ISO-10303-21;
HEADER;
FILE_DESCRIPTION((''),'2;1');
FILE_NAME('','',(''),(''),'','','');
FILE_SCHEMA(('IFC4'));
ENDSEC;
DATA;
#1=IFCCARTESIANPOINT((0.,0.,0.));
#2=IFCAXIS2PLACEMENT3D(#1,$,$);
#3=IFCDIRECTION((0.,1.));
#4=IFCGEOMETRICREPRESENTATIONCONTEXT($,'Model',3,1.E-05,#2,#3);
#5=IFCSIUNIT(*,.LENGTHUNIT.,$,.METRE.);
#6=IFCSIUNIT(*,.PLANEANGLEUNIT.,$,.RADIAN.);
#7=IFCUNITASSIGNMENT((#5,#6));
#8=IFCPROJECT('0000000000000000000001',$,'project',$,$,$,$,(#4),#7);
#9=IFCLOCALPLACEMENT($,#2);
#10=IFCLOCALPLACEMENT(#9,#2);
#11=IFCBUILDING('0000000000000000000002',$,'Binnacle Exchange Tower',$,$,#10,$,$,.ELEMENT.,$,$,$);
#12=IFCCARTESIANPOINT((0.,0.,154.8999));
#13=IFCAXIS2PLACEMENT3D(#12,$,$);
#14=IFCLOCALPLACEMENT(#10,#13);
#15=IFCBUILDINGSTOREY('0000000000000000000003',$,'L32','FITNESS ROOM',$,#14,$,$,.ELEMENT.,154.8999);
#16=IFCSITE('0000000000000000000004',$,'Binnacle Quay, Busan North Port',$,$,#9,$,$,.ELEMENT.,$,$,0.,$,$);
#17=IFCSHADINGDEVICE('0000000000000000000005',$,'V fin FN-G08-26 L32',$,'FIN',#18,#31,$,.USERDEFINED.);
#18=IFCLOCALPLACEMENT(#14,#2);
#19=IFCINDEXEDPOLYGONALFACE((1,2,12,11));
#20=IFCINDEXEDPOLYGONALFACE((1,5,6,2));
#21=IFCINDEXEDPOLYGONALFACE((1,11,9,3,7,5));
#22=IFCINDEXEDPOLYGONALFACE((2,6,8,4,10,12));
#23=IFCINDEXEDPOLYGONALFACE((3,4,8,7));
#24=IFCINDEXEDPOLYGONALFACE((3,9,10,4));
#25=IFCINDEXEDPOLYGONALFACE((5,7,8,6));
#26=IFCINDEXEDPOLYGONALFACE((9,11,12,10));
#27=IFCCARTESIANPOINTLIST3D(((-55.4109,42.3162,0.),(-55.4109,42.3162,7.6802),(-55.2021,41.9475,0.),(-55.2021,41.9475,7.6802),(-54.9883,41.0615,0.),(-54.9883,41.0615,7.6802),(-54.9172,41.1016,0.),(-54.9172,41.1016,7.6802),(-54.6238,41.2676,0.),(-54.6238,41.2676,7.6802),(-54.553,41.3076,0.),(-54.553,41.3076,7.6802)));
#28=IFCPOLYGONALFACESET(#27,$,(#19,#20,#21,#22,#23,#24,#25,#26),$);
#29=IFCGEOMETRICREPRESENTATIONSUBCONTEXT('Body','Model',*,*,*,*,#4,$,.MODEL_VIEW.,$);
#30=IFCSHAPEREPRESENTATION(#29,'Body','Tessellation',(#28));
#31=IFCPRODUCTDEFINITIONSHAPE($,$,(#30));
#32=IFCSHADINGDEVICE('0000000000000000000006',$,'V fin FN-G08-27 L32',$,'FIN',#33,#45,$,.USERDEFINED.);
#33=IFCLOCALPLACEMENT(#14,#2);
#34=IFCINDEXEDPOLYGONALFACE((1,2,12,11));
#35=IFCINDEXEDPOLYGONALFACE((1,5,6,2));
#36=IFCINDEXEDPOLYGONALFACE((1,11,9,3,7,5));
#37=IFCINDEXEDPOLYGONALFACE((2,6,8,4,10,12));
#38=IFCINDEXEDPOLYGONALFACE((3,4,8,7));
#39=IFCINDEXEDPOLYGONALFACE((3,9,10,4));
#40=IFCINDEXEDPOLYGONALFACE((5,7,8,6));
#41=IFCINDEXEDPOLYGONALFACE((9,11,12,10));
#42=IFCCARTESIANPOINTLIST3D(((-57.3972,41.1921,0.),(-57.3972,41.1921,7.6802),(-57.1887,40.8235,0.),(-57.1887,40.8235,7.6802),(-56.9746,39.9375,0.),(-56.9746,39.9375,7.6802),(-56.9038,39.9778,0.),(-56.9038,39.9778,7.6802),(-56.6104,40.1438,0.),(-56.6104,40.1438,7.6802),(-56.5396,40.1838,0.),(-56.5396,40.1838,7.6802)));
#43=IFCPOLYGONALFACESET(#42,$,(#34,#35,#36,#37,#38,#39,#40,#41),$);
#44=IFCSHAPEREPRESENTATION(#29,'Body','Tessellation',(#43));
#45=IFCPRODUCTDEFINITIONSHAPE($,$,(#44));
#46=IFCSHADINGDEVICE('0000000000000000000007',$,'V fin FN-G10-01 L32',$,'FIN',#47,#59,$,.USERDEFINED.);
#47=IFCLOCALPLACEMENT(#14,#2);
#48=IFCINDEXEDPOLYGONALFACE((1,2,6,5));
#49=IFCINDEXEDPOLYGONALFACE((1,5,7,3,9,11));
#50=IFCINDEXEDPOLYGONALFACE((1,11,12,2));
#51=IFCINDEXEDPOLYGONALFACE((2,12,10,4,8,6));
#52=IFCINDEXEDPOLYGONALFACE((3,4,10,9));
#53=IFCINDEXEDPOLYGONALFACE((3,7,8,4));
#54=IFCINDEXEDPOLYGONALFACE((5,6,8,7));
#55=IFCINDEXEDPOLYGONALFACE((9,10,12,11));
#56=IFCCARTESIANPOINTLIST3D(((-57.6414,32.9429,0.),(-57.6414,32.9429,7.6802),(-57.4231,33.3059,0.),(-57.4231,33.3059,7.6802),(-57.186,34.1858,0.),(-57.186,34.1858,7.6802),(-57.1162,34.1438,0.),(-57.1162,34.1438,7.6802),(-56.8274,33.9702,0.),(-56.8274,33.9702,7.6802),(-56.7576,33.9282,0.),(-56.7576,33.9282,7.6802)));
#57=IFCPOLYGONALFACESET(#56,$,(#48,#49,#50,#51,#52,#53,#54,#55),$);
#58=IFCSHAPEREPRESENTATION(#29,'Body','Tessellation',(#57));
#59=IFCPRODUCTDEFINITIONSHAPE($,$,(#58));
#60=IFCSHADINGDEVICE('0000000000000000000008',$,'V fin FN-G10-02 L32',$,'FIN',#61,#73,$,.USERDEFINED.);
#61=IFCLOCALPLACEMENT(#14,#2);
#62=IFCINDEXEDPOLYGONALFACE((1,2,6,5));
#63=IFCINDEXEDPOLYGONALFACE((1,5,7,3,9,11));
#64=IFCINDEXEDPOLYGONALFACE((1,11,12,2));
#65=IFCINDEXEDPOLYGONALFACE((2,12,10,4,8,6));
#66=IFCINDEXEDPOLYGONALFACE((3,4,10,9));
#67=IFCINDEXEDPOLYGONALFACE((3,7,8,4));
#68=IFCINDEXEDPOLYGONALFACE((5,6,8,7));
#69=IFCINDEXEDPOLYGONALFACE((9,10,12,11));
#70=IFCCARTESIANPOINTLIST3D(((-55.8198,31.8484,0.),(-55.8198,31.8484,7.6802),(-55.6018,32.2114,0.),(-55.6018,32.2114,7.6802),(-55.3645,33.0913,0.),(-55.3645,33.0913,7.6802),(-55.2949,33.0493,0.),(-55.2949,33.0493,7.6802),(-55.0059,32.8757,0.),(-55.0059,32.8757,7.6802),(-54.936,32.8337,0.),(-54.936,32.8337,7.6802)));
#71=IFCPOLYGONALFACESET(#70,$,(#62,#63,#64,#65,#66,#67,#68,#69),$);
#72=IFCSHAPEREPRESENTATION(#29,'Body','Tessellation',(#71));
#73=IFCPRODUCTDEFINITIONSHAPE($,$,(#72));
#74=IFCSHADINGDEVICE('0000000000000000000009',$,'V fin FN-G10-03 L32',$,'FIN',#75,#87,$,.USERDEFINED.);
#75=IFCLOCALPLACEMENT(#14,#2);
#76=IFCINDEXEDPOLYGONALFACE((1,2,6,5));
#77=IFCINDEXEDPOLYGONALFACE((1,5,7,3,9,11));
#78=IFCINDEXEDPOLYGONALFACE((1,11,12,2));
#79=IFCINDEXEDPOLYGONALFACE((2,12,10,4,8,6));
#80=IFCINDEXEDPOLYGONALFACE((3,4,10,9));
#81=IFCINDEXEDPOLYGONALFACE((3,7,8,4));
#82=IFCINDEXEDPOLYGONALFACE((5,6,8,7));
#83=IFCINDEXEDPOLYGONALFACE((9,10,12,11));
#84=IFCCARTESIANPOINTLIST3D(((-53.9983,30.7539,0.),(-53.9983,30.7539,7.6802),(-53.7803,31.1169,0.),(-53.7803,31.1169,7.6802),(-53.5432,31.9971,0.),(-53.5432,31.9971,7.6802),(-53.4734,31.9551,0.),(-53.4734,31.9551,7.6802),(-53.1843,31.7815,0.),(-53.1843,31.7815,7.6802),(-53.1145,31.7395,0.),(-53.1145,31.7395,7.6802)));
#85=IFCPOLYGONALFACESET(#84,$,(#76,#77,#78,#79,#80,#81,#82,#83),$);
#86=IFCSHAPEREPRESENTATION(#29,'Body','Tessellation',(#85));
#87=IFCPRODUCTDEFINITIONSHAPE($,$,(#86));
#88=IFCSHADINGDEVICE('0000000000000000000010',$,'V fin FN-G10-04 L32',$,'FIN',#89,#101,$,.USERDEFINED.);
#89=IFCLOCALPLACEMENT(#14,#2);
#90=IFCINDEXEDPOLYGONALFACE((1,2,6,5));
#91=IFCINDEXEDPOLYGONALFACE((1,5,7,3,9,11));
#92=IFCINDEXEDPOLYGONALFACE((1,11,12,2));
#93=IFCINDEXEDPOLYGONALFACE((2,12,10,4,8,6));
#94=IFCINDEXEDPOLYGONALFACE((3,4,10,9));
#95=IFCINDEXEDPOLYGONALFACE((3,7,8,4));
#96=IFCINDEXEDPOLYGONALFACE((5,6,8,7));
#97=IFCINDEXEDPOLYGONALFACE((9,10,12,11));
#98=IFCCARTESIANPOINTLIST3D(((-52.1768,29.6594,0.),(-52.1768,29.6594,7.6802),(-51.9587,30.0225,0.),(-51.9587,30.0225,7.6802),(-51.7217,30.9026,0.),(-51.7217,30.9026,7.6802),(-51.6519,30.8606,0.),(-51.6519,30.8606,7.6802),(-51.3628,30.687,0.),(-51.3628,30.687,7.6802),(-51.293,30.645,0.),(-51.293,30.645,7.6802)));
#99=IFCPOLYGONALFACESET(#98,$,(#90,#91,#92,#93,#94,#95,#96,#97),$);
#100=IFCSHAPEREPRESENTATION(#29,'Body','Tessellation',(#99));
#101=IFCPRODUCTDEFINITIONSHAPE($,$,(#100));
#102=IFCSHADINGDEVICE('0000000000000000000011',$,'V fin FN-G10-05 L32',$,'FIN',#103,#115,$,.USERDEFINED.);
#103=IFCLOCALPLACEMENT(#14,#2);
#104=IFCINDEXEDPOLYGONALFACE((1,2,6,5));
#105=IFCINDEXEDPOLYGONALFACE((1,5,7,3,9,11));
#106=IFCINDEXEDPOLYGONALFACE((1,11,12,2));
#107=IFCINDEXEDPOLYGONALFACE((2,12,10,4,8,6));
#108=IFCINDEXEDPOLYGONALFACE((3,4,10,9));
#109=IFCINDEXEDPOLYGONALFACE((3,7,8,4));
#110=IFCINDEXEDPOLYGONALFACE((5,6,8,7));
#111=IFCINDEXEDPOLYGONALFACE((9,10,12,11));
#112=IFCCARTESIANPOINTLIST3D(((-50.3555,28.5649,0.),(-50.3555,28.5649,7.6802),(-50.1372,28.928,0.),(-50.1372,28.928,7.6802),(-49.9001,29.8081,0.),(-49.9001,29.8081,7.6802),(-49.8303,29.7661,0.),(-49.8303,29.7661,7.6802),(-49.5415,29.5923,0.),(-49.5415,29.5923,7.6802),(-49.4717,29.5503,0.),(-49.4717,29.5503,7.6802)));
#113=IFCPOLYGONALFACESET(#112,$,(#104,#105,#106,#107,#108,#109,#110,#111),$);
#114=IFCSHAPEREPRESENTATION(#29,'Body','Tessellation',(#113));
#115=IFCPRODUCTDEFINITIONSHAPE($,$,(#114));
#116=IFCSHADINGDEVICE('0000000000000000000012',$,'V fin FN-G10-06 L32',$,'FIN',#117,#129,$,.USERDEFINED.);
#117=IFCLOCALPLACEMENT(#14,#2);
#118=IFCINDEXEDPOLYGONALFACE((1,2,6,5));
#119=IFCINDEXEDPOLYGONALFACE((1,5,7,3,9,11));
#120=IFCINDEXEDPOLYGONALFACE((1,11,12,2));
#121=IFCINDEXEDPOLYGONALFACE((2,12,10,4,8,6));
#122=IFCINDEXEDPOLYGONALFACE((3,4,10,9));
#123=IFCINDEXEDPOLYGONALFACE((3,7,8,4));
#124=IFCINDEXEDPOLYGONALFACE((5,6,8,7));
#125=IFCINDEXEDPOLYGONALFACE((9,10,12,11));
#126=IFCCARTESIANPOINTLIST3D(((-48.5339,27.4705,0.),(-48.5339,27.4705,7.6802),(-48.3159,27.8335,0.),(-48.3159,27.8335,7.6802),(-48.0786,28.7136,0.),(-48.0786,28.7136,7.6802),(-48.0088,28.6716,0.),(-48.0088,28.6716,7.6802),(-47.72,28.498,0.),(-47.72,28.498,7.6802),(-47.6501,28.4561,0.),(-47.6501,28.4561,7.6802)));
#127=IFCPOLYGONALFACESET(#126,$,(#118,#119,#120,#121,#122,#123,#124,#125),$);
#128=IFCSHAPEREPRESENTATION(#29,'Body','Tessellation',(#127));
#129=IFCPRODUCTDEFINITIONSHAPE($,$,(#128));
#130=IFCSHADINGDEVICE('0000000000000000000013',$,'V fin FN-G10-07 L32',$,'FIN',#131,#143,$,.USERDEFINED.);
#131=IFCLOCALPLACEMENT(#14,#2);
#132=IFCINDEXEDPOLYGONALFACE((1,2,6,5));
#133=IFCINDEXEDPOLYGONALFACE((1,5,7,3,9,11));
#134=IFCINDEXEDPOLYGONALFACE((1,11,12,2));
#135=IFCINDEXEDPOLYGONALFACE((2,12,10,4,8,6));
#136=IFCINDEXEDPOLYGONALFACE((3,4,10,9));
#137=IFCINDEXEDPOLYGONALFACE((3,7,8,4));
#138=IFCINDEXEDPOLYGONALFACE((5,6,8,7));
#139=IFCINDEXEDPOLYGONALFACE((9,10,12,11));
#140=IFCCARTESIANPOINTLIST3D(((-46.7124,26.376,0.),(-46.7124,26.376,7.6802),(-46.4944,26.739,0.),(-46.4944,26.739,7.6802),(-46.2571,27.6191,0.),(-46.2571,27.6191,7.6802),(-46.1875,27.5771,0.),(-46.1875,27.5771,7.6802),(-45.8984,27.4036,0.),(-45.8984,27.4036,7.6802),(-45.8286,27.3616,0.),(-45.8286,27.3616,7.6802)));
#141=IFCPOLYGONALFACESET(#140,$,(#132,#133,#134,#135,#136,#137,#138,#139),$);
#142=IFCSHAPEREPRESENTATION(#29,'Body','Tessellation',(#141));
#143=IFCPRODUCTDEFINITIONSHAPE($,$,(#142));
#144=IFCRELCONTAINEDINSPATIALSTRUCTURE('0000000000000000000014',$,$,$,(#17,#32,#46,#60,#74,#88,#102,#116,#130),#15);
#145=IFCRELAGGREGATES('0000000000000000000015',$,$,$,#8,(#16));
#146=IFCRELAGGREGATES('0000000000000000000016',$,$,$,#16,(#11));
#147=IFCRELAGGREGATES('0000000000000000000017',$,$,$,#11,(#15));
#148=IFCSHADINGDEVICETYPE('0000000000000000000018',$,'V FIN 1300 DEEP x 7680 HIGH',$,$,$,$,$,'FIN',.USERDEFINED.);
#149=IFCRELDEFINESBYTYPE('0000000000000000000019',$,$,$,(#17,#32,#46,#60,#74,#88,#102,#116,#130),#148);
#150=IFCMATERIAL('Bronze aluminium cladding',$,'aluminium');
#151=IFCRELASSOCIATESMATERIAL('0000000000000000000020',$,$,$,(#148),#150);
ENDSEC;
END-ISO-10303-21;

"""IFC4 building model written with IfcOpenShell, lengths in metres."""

from ifc_helpers import new_model, si_unit, direction, frame, origin, place, context, subcontext, project, spatial, polyline, outline, extrude, material, type_object, element, save


model = new_model("IFC4")

# Units and contexts
model_context = context("Model", 3, precision=1e-05, world=origin(), true_north=direction((0.0, 1.0)))
body_context = subcontext(model_context, "Body", "Model", "MODEL_VIEW")
ifc_project = project(units=[si_unit("LENGTHUNIT", "METRE"), si_unit("PLANEANGLEUNIT", "RADIAN")], contexts=[model_context])

# Site, building, storey
site_placement = place(None, origin())
site = spatial("IfcSite", under=ifc_project, at=site_placement, Name="Binnacle Quay, Busan North Port", CompositionType="ELEMENT", RefElevation=0.0)
building_placement = place(site_placement, origin())
building = spatial("IfcBuilding", under=site, at=building_placement, Name="Binnacle Exchange Tower", CompositionType="ELEMENT")
storey_placement = place(building_placement, frame((0.0, 0.0, 154.8999)))
storey = spatial("IfcBuildingStorey", under=building, at=storey_placement, Name="L32", Description="FITNESS ROOM", CompositionType="ELEMENT", Elevation=154.8999)

# Shading devices
ifc_material_1 = material(Name="Bronze aluminium cladding", Category="aluminium")
shading_device_type = type_object("IfcShadingDeviceType", Name="V FIN 1300 DEEP x 7680 HIGH", ElementType="FIN", PredefinedType="USERDEFINED", material=ifc_material_1)
shading_device_1_placement = place(storey_placement, origin())
element("IfcShadingDevice", 1, at=shading_device_1_placement, inside=storey, type_object=shading_device_type, Name="V fin FN-G08-26 L32", ObjectType="FIN", PredefinedType="USERDEFINED", context=body_context, shape_type="SweptSolid", body=[
    extrude(outline(polyline([(-54.553, 41.3076), (-55.4109, 42.3162), (-54.9883, 41.0615), (-54.9172, 41.1016), (-55.2021, 41.9475), (-54.6238, 41.2676), (-54.553, 41.3076)])), origin(), (0.0, 0.0, 1.0), 7.6802),
])
shading_device_2_placement = place(storey_placement, origin())
element("IfcShadingDevice", 2, at=shading_device_2_placement, inside=storey, type_object=shading_device_type, Name="V fin FN-G08-27 L32", ObjectType="FIN", PredefinedType="USERDEFINED", context=body_context, shape_type="SweptSolid", body=[
    extrude(outline(polyline([(-56.5396, 40.1838), (-57.3972, 41.1921), (-56.9746, 39.9375), (-56.9038, 39.9778), (-57.1887, 40.8235), (-56.6104, 40.1438), (-56.5396, 40.1838)])), origin(), (0.0, 0.0, 1.0), 7.6802),
])
shading_device_3_placement = place(storey_placement, origin())
element("IfcShadingDevice", 3, at=shading_device_3_placement, inside=storey, type_object=shading_device_type, Name="V fin FN-G10-01 L32", ObjectType="FIN", PredefinedType="USERDEFINED", context=body_context, shape_type="SweptSolid", body=[
    extrude(outline(polyline([(-57.186, 34.1858), (-57.6414, 32.9429), (-56.7576, 33.9282), (-56.8274, 33.9702), (-57.4231, 33.3059), (-57.1162, 34.1438), (-57.186, 34.1858)])), origin(), (0.0, 0.0, 1.0), 7.6802),
])
shading_device_4_placement = place(storey_placement, origin())
element("IfcShadingDevice", 4, at=shading_device_4_placement, inside=storey, type_object=shading_device_type, Name="V fin FN-G10-02 L32", ObjectType="FIN", PredefinedType="USERDEFINED", context=body_context, shape_type="SweptSolid", body=[
    extrude(outline(polyline([(-55.3645, 33.0913), (-55.8198, 31.8484), (-54.936, 32.8337), (-55.0059, 32.8757), (-55.6018, 32.2114), (-55.2949, 33.0493), (-55.3645, 33.0913)])), origin(), (0.0, 0.0, 1.0), 7.6802),
])
shading_device_5_placement = place(storey_placement, origin())
element("IfcShadingDevice", 5, at=shading_device_5_placement, inside=storey, type_object=shading_device_type, Name="V fin FN-G10-03 L32", ObjectType="FIN", PredefinedType="USERDEFINED", context=body_context, shape_type="SweptSolid", body=[
    extrude(outline(polyline([(-53.5432, 31.9971), (-53.9983, 30.7539), (-53.1145, 31.7395), (-53.1843, 31.7815), (-53.7803, 31.1169), (-53.4734, 31.9551), (-53.5432, 31.9971)])), origin(), (0.0, 0.0, 1.0), 7.6802),
])
shading_device_6_placement = place(storey_placement, origin())
element("IfcShadingDevice", 6, at=shading_device_6_placement, inside=storey, type_object=shading_device_type, Name="V fin FN-G10-04 L32", ObjectType="FIN", PredefinedType="USERDEFINED", context=body_context, shape_type="SweptSolid", body=[
    extrude(outline(polyline([(-51.7217, 30.9026), (-52.1768, 29.6594), (-51.293, 30.645), (-51.3628, 30.687), (-51.9587, 30.0225), (-51.6519, 30.8606), (-51.7217, 30.9026)])), origin(), (0.0, 0.0, 1.0), 7.6802),
])
shading_device_7_placement = place(storey_placement, origin())
element("IfcShadingDevice", 7, at=shading_device_7_placement, inside=storey, type_object=shading_device_type, Name="V fin FN-G10-05 L32", ObjectType="FIN", PredefinedType="USERDEFINED", context=body_context, shape_type="SweptSolid", body=[
    extrude(outline(polyline([(-49.9001, 29.8081), (-50.3555, 28.5649), (-49.4717, 29.5503), (-49.5415, 29.5923), (-50.1372, 28.928), (-49.8303, 29.7661), (-49.9001, 29.8081)])), origin(), (0.0, 0.0, 1.0), 7.6802),
])
shading_device_8_placement = place(storey_placement, origin())
element("IfcShadingDevice", 8, at=shading_device_8_placement, inside=storey, type_object=shading_device_type, Name="V fin FN-G10-06 L32", ObjectType="FIN", PredefinedType="USERDEFINED", context=body_context, shape_type="SweptSolid", body=[
    extrude(outline(polyline([(-48.0786, 28.7136), (-48.5339, 27.4705), (-47.6501, 28.4561), (-47.72, 28.498), (-48.3159, 27.8335), (-48.0088, 28.6716), (-48.0786, 28.7136)])), origin(), (0.0, 0.0, 1.0), 7.6802),
])
shading_device_9_placement = place(storey_placement, origin())
element("IfcShadingDevice", 9, at=shading_device_9_placement, inside=storey, type_object=shading_device_type, Name="V fin FN-G10-07 L32", ObjectType="FIN", PredefinedType="USERDEFINED", context=body_context, shape_type="SweptSolid", body=[
    extrude(outline(polyline([(-46.2571, 27.6191), (-46.7124, 26.376), (-45.8286, 27.3616), (-45.8984, 27.4036), (-46.4944, 26.739), (-46.1875, 27.5771), (-46.2571, 27.6191)])), origin(), (0.0, 0.0, 1.0), 7.6802),
])

save(model, "model.ifc")
